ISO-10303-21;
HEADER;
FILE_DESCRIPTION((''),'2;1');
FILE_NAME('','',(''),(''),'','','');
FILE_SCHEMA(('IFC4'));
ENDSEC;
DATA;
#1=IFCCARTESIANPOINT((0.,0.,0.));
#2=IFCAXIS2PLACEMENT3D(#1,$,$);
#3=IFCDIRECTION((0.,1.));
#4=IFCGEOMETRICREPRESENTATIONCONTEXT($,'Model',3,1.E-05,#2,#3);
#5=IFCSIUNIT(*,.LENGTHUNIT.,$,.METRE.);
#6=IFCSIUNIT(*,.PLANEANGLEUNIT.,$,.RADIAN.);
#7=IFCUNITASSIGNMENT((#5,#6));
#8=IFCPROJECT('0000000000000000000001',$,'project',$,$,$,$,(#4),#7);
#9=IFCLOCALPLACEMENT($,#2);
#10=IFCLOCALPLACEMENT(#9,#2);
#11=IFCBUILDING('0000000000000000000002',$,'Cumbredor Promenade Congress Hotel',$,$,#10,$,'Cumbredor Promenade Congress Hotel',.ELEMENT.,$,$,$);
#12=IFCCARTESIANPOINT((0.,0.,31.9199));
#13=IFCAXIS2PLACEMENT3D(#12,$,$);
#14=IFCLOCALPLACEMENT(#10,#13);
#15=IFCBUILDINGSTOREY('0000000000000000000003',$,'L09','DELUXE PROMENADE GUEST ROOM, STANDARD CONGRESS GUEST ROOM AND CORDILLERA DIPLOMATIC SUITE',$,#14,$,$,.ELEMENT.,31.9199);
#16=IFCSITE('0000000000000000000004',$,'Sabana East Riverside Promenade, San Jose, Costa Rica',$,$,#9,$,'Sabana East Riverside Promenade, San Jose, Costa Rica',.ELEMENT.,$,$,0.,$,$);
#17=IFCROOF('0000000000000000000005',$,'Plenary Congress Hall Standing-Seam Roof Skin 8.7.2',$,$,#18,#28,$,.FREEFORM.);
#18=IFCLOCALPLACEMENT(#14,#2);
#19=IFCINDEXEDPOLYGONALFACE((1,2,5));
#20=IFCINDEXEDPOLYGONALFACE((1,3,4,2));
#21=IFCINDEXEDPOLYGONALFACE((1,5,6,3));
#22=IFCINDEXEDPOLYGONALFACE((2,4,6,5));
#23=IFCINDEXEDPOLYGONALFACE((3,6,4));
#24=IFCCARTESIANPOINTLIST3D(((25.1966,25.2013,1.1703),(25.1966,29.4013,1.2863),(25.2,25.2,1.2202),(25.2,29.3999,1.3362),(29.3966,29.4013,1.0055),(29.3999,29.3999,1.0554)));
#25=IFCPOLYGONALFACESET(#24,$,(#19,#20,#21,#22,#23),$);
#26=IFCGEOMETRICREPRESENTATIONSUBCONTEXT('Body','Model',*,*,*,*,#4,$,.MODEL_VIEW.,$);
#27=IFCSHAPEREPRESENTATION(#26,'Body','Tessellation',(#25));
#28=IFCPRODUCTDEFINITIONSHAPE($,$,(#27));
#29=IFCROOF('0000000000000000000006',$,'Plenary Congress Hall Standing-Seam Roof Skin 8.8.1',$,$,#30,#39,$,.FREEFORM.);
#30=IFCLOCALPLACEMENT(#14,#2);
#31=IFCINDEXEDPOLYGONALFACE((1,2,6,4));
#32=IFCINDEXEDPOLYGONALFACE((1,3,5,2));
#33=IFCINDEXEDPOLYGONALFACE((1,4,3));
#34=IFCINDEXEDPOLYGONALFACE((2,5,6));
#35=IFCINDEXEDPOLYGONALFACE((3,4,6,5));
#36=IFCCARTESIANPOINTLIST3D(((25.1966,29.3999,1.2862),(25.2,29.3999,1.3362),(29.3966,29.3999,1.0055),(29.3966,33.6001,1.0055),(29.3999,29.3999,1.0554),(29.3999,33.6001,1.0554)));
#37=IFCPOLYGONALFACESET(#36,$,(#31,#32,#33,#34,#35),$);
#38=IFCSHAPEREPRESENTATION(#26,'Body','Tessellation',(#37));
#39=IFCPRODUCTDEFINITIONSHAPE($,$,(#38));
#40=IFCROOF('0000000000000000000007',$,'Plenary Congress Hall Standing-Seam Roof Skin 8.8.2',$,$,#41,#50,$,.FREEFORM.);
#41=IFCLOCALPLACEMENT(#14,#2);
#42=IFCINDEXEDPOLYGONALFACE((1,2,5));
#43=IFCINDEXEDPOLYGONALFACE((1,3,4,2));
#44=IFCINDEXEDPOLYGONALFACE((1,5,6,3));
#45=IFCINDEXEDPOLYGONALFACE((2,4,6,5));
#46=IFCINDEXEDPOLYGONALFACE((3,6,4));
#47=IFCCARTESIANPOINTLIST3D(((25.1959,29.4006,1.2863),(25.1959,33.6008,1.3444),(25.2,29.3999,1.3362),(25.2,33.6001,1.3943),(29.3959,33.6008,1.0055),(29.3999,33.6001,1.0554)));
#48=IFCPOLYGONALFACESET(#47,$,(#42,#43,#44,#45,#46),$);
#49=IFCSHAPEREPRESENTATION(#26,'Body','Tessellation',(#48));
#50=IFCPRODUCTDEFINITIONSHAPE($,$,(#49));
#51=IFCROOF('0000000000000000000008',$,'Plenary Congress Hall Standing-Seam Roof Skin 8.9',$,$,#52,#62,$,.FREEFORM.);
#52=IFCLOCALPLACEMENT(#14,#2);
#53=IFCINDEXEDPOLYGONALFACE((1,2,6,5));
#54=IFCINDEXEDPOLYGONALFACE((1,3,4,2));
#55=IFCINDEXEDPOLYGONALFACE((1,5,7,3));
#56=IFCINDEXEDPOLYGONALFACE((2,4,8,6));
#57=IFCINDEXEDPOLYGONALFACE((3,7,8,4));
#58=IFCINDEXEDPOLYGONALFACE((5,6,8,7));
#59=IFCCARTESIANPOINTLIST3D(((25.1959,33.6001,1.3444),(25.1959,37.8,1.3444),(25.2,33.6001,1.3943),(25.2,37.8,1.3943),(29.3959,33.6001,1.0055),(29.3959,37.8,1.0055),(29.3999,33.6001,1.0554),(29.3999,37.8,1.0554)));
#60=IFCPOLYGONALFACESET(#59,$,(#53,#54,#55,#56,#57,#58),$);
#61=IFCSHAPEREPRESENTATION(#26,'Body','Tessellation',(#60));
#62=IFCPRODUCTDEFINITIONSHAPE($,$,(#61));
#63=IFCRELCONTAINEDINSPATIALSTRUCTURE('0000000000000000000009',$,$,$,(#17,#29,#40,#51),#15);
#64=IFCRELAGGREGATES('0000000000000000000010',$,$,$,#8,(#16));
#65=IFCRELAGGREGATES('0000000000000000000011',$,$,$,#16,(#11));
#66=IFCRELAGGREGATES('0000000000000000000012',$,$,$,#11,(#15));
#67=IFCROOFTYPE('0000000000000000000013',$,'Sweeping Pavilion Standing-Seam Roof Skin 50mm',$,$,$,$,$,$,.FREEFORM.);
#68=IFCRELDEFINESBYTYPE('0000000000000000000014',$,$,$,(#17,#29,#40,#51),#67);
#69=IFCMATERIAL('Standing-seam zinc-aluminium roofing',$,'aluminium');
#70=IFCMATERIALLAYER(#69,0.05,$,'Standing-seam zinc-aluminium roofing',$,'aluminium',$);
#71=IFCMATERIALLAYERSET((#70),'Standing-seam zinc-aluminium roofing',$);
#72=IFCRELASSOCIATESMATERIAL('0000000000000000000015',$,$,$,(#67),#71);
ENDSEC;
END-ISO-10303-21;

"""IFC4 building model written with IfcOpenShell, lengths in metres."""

from ifc_helpers import new_model, si_unit, direction, frame, origin, place, context, subcontext, project, spatial, polyline, outline, extrude, material, layer, layer_set, type_object, element, save


model = new_model("IFC4")

# Units and contexts
model_context = context("Model", 3, precision=1e-05, world=origin(), true_north=direction((0.0, 1.0)))
body_context = subcontext(model_context, "Body", "Model", "MODEL_VIEW")
ifc_project = project(units=[si_unit("LENGTHUNIT", "METRE"), si_unit("PLANEANGLEUNIT", "RADIAN")], contexts=[model_context])

# Site, building, storey
site_placement = place(None, origin())
site = spatial("IfcSite", under=ifc_project, at=site_placement, Name="Sabana East Riverside Promenade, San Jose, Costa Rica", LongName="Sabana East Riverside Promenade, San Jose, Costa Rica", CompositionType="ELEMENT", RefElevation=0.0)
building_placement = place(site_placement, origin())
building = spatial("IfcBuilding", under=site, at=building_placement, Name="Cumbredor Promenade Congress Hotel", LongName="Cumbredor Promenade Congress Hotel", CompositionType="ELEMENT")
storey_placement = place(building_placement, frame((0.0, 0.0, 31.9199)))
storey = spatial("IfcBuildingStorey", under=building, at=storey_placement, Name="L09", Description="DELUXE PROMENADE GUEST ROOM, STANDARD CONGRESS GUEST ROOM AND CORDILLERA DIPLOMATIC SUITE", CompositionType="ELEMENT", Elevation=31.9199)

# Roofs
ifc_material_1 = material(Name="Standing-seam zinc-aluminium roofing", Category="aluminium")
ifc_layer_1 = layer(ifc_material_1, 0.05, Name="Standing-seam zinc-aluminium roofing", Category="aluminium")
ifc_layer_set_1 = layer_set([ifc_layer_1], Name="Standing-seam zinc-aluminium roofing")
roof_type = type_object("IfcRoofType", Name="Sweeping Pavilion Standing-Seam Roof Skin 50mm", PredefinedType="FREEFORM", material=ifc_layer_set_1)
roof_1_placement = place(storey_placement, frame((25.2, 25.2, 1.2202), z_axis=(0.066675, -0.02754, 0.997395), x_axis=(0.706835, 0.706835, -0.027734)))
element("IfcRoof", 1, at=roof_1_placement, inside=storey, type_object=roof_type, Name="Plenary Congress Hall Standing-Seam Roof Skin 8.7.2", PredefinedType="FREEFORM", context=body_context, shape_type="SweptSolid", body=[
    extrude(outline(polyline([(0.0, 0.0), (5.9419, 0.0), (2.9655, 2.9764), (0.0, 0.0)])), origin(), (0.0, 0.0, -1.0), 0.05),
])
roof_2_placement = place(storey_placement, frame((25.2, 29.3999, 1.3362), z_axis=(0.0667, 0.0, 0.997773), x_axis=(0.997773, 0.0, -0.0667)))
element("IfcRoof", 2, at=roof_2_placement, inside=storey, type_object=roof_type, Name="Plenary Congress Hall Standing-Seam Roof Skin 8.8.1", PredefinedType="FREEFORM", context=body_context, shape_type="SweptSolid", body=[
    extrude(outline(polyline([(0.0, 0.0), (4.2093, 0.0), (4.2093, 4.2002), (0.0, 0.0)])), origin(), (0.0, 0.0, -1.0), 0.05),
])
roof_3_placement = place(storey_placement, frame((25.2, 29.3999, 1.3362), z_axis=(0.080415, -0.013788, 0.996666), x_axis=(0.706298, 0.706339, -0.047215)))
element("IfcRoof", 3, at=roof_3_placement, inside=storey, type_object=roof_type, Name="Plenary Congress Hall Standing-Seam Roof Skin 8.8.2", PredefinedType="FREEFORM", context=body_context, shape_type="SweptSolid", body=[
    extrude(outline(polyline([(0.0, 0.0), (5.9464, 0.0), (2.964, 2.9765), (0.0, 0.0)])), origin(), (0.0, 0.0, -1.0), 0.05),
])
roof_4_placement = place(storey_placement, frame((25.2, 33.6001, 1.3943), z_axis=(0.080422, 0.0, 0.996761), x_axis=(0.996761, 0.0, -0.080422)))
element("IfcRoof", 4, at=roof_4_placement, inside=storey, type_object=roof_type, Name="Plenary Congress Hall Standing-Seam Roof Skin 8.9", PredefinedType="FREEFORM", context=body_context, shape_type="SweptSolid", body=[
    extrude(outline(polyline([(0.0, 0.0), (4.2136, 0.0), (4.2136, 4.2), (0.0, 4.2), (0.0, 0.0)])), origin(), (0.0, 0.0, -1.0), 0.05),
])

save(model, "model.ifc")
